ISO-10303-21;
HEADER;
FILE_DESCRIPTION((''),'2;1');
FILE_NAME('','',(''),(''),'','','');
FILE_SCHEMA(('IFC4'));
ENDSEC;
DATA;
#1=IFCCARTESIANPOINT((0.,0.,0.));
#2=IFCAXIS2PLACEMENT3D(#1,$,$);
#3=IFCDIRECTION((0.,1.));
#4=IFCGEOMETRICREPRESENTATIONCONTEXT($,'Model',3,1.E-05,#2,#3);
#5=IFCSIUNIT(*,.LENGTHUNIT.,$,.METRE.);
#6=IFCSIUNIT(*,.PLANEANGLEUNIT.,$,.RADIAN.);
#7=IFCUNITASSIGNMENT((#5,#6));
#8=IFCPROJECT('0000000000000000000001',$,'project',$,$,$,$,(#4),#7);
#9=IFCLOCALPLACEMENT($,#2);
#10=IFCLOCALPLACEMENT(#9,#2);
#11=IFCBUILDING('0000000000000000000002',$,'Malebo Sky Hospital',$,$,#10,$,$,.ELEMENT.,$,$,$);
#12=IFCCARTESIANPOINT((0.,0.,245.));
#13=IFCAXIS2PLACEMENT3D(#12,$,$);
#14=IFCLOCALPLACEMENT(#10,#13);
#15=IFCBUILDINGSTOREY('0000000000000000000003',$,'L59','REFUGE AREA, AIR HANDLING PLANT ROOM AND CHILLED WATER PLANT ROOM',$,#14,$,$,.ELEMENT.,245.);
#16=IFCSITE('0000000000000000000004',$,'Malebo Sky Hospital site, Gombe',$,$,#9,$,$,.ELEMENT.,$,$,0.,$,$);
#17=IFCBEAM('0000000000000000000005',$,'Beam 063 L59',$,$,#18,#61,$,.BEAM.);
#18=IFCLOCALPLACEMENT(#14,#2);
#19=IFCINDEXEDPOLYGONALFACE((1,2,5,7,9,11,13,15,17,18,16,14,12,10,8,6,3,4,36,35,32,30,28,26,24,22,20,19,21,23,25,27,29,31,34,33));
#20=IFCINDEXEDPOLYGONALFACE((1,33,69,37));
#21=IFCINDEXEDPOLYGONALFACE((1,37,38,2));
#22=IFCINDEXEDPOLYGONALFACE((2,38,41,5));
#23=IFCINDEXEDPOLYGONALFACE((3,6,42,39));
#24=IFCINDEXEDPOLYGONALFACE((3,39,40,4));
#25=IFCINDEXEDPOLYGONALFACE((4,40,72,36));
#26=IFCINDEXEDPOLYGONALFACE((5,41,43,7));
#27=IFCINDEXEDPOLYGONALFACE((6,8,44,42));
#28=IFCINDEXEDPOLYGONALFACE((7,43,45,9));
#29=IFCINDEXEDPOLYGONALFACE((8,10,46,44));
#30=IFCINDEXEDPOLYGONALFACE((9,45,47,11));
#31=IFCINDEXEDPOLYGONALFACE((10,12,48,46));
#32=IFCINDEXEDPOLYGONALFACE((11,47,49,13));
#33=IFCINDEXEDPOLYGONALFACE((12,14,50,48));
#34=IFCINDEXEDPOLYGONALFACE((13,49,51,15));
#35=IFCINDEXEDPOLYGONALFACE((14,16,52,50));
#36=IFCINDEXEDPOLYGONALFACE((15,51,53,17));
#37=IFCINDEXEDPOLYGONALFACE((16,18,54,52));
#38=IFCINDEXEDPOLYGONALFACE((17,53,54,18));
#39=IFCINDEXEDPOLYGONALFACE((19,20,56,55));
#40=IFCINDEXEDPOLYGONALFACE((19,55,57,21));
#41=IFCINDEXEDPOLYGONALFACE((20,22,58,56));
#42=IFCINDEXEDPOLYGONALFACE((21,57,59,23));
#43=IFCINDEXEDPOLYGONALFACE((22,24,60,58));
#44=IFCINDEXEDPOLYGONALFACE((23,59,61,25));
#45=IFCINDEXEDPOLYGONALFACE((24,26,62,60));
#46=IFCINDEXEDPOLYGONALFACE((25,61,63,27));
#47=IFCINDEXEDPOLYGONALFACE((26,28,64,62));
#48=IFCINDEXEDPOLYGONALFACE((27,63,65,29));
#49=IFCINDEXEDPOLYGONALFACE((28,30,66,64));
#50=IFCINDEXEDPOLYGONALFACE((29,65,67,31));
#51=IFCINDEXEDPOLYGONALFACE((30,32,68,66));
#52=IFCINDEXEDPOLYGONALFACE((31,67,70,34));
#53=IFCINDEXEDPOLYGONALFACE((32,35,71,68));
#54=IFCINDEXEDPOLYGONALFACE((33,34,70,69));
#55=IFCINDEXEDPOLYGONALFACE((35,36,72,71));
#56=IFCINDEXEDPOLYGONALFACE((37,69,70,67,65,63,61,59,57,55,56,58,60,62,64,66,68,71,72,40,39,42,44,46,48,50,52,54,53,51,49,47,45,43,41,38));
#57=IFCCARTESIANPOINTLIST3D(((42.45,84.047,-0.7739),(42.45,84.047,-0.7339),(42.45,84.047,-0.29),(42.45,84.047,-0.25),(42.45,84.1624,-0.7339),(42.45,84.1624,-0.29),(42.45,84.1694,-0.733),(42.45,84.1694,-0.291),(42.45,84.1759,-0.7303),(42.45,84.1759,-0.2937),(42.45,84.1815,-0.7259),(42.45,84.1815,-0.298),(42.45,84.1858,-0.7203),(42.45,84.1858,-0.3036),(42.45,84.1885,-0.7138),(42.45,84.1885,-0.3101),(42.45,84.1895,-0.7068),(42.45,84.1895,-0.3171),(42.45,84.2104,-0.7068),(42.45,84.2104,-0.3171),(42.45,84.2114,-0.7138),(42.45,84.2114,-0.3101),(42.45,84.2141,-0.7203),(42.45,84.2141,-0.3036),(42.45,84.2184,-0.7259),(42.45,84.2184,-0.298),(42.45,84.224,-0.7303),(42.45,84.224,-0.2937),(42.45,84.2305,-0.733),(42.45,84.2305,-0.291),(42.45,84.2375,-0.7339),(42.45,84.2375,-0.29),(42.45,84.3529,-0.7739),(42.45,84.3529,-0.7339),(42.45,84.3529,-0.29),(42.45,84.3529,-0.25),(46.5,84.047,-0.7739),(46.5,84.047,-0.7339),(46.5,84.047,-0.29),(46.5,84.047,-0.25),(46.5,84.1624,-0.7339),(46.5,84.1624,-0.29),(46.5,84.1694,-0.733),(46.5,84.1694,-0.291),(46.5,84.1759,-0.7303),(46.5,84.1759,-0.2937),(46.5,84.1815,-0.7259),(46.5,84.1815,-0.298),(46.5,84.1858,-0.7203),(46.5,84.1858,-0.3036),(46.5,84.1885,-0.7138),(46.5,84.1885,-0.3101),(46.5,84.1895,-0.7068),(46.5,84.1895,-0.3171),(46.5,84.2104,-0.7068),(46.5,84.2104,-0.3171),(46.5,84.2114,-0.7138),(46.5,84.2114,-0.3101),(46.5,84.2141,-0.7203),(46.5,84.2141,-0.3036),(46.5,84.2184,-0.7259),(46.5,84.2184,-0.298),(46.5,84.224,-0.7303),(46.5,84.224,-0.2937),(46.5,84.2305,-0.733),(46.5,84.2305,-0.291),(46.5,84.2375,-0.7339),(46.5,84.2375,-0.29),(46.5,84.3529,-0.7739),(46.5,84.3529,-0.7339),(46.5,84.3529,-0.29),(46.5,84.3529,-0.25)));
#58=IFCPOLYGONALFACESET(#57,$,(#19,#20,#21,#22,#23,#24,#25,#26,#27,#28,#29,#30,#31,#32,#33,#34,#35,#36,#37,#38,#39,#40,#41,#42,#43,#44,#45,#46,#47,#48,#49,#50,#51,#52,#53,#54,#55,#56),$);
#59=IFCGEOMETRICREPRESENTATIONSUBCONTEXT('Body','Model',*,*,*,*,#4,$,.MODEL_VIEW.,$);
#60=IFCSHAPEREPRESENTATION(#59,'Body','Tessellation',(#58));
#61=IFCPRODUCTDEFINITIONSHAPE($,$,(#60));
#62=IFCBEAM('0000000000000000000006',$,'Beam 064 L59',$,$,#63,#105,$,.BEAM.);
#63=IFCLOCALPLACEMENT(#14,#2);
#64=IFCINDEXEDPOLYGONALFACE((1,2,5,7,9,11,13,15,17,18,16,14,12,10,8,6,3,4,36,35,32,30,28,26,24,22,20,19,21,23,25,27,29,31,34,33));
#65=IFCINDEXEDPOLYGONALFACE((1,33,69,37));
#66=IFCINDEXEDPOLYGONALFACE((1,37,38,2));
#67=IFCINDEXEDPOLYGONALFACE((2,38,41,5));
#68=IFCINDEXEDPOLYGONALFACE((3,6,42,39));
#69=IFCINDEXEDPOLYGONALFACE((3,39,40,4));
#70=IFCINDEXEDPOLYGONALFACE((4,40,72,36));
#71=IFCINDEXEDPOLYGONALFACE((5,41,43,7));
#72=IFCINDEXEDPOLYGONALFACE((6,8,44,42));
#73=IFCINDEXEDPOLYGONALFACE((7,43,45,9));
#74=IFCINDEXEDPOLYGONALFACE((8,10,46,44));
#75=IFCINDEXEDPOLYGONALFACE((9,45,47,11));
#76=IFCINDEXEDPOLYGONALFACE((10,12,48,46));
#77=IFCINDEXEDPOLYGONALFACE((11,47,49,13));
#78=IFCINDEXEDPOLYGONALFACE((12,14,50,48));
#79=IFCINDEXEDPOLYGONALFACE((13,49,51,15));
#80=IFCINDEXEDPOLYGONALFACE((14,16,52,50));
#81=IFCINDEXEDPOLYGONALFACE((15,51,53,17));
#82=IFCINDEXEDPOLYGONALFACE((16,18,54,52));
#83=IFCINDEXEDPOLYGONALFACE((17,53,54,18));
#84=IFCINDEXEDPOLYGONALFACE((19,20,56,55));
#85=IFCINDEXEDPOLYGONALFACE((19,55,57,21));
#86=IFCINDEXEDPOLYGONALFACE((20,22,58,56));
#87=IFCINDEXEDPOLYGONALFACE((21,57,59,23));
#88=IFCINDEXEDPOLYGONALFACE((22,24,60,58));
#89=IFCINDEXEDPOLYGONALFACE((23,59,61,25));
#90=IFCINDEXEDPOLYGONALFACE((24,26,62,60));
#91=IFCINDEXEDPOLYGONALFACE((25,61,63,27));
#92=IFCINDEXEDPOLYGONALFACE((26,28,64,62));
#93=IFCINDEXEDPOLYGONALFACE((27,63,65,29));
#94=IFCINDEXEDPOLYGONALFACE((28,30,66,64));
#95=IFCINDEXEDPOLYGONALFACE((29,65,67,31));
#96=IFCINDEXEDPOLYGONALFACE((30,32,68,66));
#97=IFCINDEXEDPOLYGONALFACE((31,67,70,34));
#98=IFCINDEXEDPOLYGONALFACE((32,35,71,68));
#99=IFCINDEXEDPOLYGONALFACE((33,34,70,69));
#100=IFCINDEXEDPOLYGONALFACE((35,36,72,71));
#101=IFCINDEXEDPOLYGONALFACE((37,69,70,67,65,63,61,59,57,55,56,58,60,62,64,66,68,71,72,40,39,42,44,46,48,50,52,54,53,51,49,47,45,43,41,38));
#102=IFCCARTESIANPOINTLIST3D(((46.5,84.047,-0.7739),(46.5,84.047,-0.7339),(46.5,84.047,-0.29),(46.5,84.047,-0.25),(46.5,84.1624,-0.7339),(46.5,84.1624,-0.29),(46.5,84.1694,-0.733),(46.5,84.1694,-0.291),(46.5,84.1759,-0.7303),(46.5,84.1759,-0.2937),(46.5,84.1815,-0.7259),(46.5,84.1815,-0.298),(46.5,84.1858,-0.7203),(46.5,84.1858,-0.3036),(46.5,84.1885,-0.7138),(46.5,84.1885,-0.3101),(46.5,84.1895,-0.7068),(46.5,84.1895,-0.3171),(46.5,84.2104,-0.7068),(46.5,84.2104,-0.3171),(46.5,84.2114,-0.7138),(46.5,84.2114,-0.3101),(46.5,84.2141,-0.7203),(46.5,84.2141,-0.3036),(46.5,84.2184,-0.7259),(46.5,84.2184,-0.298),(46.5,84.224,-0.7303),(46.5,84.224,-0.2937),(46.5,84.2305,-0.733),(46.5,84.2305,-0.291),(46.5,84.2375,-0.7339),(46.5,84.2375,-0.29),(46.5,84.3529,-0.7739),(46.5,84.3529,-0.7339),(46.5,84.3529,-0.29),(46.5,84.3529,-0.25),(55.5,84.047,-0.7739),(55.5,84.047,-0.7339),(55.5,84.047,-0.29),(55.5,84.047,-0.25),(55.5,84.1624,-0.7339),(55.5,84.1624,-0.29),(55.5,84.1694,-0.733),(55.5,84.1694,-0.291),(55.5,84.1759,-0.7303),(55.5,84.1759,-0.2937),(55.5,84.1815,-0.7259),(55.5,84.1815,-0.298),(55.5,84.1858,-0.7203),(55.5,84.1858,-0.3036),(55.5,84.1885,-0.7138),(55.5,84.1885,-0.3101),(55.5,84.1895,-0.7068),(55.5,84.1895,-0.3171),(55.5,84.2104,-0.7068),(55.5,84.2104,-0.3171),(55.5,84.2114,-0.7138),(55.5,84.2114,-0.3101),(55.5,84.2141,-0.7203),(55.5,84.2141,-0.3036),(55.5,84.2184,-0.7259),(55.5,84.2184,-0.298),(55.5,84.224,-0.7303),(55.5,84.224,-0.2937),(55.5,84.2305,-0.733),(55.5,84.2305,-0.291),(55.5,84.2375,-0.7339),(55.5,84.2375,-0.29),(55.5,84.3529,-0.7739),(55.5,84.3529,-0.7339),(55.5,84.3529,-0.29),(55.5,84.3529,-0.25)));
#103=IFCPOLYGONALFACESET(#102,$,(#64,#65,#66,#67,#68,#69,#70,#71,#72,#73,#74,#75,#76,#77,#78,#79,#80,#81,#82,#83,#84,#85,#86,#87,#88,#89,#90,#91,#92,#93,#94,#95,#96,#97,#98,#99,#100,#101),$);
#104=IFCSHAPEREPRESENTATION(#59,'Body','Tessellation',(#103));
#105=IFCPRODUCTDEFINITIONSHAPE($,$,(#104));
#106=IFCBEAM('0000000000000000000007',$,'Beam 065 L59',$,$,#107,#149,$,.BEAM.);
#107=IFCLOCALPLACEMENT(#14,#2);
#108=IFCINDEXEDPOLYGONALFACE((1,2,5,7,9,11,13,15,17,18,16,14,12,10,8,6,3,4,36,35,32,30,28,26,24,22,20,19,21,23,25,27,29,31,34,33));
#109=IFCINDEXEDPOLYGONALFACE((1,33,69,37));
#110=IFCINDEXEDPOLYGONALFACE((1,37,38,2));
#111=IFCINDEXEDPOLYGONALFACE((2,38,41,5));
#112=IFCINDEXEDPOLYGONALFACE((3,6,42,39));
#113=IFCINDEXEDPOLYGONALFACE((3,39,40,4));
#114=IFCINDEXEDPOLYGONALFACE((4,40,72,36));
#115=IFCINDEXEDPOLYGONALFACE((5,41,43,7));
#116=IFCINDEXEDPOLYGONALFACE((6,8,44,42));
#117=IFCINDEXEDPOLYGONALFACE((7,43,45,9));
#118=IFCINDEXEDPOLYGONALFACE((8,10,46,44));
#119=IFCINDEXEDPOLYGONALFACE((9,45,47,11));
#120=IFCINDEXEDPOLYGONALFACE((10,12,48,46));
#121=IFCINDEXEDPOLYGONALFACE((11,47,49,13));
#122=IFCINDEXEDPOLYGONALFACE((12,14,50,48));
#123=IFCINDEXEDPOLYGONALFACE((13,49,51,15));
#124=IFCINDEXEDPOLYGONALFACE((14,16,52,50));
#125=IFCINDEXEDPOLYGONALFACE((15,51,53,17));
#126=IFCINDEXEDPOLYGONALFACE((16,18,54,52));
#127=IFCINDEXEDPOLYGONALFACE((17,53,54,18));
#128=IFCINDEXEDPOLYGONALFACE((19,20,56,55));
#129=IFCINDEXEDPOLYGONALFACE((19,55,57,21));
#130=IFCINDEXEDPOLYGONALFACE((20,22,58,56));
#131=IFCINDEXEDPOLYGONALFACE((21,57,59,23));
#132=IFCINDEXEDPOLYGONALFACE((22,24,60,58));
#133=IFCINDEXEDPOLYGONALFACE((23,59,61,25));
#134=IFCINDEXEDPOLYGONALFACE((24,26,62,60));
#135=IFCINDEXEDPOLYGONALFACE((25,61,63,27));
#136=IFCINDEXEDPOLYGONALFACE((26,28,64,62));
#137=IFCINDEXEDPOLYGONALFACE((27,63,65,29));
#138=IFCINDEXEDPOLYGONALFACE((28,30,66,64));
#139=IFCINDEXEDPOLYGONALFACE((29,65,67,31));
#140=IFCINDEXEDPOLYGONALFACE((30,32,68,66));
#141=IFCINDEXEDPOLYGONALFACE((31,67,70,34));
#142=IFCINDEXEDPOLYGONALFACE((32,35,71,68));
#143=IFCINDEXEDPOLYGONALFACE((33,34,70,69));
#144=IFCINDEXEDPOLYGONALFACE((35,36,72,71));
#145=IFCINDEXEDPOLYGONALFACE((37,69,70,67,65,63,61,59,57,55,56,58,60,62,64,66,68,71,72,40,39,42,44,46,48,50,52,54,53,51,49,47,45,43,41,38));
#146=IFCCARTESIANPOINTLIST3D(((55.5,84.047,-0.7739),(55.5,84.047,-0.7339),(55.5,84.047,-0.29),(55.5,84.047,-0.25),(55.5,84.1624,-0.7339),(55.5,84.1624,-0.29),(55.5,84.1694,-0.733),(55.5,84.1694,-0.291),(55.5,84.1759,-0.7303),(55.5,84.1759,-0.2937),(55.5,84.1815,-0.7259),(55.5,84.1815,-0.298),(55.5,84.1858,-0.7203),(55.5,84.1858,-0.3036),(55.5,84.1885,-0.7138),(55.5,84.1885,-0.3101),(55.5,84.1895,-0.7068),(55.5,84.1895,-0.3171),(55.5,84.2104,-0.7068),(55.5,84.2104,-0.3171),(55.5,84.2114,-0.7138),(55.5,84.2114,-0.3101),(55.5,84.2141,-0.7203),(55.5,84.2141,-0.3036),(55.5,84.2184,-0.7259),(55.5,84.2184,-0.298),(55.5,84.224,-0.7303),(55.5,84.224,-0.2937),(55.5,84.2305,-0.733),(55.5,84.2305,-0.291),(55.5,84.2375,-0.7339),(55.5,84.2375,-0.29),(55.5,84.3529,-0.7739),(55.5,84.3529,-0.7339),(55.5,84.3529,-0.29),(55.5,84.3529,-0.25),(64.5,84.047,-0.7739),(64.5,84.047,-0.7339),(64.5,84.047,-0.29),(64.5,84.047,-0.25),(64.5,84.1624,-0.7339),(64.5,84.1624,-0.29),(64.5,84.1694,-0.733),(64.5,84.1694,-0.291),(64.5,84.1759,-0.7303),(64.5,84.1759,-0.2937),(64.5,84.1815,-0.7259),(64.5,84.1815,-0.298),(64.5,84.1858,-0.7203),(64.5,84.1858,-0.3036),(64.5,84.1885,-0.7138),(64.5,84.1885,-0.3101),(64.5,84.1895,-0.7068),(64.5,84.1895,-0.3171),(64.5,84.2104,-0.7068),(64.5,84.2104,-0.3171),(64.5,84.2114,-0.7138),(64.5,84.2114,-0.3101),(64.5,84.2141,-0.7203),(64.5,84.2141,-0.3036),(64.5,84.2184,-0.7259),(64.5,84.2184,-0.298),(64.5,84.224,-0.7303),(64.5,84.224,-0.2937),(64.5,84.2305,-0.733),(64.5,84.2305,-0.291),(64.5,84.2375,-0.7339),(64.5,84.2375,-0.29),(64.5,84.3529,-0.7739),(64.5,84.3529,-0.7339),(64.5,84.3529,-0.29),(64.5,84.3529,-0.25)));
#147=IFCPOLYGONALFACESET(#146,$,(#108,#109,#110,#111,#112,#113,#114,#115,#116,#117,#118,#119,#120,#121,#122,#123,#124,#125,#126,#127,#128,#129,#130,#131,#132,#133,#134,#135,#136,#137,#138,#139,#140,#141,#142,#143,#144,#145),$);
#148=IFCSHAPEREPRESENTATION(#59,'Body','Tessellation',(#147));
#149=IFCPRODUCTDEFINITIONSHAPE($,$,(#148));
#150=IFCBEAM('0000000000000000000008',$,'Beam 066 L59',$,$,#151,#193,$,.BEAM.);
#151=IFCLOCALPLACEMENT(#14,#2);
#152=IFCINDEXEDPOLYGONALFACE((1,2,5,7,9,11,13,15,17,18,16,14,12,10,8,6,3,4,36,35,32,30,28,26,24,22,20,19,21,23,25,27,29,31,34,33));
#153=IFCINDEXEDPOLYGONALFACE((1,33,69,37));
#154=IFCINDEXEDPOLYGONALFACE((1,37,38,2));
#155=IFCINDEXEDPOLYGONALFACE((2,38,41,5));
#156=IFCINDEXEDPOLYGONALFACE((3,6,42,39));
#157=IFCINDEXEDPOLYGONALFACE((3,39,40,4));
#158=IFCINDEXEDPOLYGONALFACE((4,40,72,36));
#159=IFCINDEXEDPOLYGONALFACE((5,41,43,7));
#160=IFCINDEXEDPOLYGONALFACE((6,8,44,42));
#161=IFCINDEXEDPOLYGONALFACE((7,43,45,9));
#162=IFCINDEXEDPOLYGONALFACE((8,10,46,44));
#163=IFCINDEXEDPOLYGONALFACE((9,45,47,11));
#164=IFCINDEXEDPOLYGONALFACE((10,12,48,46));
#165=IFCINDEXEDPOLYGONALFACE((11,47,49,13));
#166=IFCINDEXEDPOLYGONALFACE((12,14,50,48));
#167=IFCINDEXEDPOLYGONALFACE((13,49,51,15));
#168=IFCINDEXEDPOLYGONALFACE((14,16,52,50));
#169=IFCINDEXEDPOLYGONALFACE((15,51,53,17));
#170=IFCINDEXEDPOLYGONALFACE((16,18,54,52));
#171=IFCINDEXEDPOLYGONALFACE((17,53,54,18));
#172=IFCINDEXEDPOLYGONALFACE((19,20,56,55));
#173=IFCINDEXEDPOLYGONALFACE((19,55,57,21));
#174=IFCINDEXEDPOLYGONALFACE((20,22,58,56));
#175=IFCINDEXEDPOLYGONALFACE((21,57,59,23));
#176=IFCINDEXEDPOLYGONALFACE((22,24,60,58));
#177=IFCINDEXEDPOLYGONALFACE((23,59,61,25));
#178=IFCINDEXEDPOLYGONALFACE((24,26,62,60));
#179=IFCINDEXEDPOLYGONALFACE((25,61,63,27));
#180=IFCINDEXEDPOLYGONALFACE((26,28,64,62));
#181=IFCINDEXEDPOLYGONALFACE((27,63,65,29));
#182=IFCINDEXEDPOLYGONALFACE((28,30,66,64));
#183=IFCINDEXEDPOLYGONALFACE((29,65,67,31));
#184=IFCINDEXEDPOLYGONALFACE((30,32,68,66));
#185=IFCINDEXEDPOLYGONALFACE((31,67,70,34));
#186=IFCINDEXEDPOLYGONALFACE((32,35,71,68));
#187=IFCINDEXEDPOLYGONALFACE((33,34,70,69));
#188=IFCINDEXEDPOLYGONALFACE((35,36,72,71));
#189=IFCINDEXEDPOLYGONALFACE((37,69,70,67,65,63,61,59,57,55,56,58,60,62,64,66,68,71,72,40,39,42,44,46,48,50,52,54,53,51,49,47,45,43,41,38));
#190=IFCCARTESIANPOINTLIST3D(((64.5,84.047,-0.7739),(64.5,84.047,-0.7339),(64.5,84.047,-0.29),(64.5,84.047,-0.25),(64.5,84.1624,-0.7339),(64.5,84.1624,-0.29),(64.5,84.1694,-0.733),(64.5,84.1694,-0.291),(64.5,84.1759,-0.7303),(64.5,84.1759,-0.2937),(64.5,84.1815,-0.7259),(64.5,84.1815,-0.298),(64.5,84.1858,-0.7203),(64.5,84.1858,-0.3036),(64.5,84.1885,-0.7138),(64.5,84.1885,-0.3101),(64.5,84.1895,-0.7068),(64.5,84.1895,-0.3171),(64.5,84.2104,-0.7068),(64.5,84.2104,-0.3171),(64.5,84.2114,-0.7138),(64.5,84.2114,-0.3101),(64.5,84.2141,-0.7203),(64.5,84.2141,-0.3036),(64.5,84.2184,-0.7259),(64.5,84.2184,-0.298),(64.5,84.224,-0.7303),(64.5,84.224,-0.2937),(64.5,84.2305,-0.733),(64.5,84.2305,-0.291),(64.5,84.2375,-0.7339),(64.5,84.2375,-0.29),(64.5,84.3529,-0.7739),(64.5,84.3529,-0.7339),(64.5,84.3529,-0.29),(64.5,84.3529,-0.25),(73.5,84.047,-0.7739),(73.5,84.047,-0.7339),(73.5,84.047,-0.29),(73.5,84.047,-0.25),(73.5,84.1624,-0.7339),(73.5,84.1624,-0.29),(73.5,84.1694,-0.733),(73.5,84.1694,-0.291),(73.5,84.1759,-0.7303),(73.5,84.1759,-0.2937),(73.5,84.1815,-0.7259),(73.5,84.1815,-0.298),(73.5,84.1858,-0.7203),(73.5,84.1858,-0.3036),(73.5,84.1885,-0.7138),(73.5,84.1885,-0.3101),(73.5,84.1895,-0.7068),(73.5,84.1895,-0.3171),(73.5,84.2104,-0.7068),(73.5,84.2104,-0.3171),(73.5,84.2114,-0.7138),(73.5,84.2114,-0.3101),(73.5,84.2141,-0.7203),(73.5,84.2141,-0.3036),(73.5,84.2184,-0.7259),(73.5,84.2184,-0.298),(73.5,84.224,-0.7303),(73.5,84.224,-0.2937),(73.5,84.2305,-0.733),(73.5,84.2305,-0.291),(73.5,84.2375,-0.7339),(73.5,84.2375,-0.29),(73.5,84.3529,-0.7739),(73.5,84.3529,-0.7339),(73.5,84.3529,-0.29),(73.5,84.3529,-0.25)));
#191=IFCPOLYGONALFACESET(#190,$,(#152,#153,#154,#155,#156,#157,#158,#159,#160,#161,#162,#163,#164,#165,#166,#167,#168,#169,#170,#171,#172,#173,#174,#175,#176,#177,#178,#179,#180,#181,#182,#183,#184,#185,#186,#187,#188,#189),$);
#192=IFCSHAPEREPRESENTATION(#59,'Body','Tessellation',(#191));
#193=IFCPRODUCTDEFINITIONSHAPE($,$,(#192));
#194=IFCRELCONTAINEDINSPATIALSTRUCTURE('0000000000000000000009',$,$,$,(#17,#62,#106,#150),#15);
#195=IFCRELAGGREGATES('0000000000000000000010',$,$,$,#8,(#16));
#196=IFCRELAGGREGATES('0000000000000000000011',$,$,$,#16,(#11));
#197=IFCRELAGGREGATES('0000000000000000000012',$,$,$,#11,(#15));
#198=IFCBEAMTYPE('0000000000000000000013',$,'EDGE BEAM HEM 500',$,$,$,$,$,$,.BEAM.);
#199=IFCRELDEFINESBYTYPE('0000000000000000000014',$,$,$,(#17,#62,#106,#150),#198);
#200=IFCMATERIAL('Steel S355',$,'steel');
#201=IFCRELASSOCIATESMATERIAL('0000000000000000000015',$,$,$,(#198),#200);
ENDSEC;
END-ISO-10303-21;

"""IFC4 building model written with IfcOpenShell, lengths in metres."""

from ifc_helpers import new_model, si_unit, direction, frame, origin, origin_2d, place, context, subcontext, project, spatial, i_section, extrude, material, material_profile, profile_set, type_object, element, save


model = new_model("IFC4")

# Units and contexts
model_context = context("Model", 3, precision=1e-05, world=origin(), true_north=direction((0.0, 1.0)))
body_context = subcontext(model_context, "Body", "Model", "MODEL_VIEW")
ifc_project = project(units=[si_unit("LENGTHUNIT", "METRE"), si_unit("PLANEANGLEUNIT", "RADIAN")], contexts=[model_context])

# Site, building, storey
site_placement = place(None, origin())
site = spatial("IfcSite", under=ifc_project, at=site_placement, Name="Malebo Sky Hospital site, Gombe", CompositionType="ELEMENT", RefElevation=0.0)
building_placement = place(site_placement, origin())
building = spatial("IfcBuilding", under=site, at=building_placement, Name="Malebo Sky Hospital", CompositionType="ELEMENT")
storey_placement = place(building_placement, frame((0.0, 0.0, 245.0)))
storey = spatial("IfcBuildingStorey", under=building, at=storey_placement, Name="L59", Description="REFUGE AREA, AIR HANDLING PLANT ROOM AND CHILLED WATER PLANT ROOM", CompositionType="ELEMENT", Elevation=245.0)

# Beams
ifc_material_1 = material(Name="Steel S355", Category="steel")
ifc_material_profile_1 = material_profile(ifc_material_1, i_section(OverallWidth=0.3059, OverallDepth=0.5239, WebThickness=0.021, FlangeThickness=0.04, FilletRadius=0.0271, at=origin_2d()), Name="HEM 500")
ifc_profile_set_1 = profile_set([ifc_material_profile_1], Name="Steel S355")
beam_type_1 = type_object("IfcBeamType", Name="EDGE BEAM HEM 500", PredefinedType="BEAM", material=ifc_profile_set_1)
for number, where, z_axis, x_axis, name in (
    (1, (42.45, 84.2, -0.512), (1.0, 0.0, 0.0), (0.0, 1.0, 0.0), "Beam 063 L59"),
):
    element("IfcBeam", number, at=place(storey_placement, frame(where, z_axis=z_axis, x_axis=x_axis)), inside=storey, type_object=beam_type_1, Name=name, PredefinedType="BEAM", context=body_context, shape_type="SweptSolid", body=[
        extrude(i_section(OverallWidth=0.3059, OverallDepth=0.5239, WebThickness=0.021, FlangeThickness=0.04, FilletRadius=0.0271, at=origin_2d()), origin(), (0.0, 0.0, 1.0), 4.05),
    ])
for number, where, z_axis, x_axis, name in (
    (2, (46.5, 84.2, -0.512), (1.0, 0.0, 0.0), (0.0, 1.0, 0.0), "Beam 064 L59"),
    (3, (55.5, 84.2, -0.512), (1.0, 0.0, 0.0), (0.0, 1.0, 0.0), "Beam 065 L59"),
    (4, (64.5, 84.2, -0.512), (1.0, 0.0, 0.0), (0.0, 1.0, 0.0), "Beam 066 L59"),
):
    element("IfcBeam", number, at=place(storey_placement, frame(where, z_axis=z_axis, x_axis=x_axis)), inside=storey, type_object=beam_type_1, Name=name, PredefinedType="BEAM", context=body_context, shape_type="SweptSolid", body=[
        extrude(i_section(OverallWidth=0.3059, OverallDepth=0.5239, WebThickness=0.021, FlangeThickness=0.04, FilletRadius=0.0271, at=origin_2d()), origin(), (0.0, 0.0, 1.0), 9.0),
    ])

save(model, "model.ifc")
